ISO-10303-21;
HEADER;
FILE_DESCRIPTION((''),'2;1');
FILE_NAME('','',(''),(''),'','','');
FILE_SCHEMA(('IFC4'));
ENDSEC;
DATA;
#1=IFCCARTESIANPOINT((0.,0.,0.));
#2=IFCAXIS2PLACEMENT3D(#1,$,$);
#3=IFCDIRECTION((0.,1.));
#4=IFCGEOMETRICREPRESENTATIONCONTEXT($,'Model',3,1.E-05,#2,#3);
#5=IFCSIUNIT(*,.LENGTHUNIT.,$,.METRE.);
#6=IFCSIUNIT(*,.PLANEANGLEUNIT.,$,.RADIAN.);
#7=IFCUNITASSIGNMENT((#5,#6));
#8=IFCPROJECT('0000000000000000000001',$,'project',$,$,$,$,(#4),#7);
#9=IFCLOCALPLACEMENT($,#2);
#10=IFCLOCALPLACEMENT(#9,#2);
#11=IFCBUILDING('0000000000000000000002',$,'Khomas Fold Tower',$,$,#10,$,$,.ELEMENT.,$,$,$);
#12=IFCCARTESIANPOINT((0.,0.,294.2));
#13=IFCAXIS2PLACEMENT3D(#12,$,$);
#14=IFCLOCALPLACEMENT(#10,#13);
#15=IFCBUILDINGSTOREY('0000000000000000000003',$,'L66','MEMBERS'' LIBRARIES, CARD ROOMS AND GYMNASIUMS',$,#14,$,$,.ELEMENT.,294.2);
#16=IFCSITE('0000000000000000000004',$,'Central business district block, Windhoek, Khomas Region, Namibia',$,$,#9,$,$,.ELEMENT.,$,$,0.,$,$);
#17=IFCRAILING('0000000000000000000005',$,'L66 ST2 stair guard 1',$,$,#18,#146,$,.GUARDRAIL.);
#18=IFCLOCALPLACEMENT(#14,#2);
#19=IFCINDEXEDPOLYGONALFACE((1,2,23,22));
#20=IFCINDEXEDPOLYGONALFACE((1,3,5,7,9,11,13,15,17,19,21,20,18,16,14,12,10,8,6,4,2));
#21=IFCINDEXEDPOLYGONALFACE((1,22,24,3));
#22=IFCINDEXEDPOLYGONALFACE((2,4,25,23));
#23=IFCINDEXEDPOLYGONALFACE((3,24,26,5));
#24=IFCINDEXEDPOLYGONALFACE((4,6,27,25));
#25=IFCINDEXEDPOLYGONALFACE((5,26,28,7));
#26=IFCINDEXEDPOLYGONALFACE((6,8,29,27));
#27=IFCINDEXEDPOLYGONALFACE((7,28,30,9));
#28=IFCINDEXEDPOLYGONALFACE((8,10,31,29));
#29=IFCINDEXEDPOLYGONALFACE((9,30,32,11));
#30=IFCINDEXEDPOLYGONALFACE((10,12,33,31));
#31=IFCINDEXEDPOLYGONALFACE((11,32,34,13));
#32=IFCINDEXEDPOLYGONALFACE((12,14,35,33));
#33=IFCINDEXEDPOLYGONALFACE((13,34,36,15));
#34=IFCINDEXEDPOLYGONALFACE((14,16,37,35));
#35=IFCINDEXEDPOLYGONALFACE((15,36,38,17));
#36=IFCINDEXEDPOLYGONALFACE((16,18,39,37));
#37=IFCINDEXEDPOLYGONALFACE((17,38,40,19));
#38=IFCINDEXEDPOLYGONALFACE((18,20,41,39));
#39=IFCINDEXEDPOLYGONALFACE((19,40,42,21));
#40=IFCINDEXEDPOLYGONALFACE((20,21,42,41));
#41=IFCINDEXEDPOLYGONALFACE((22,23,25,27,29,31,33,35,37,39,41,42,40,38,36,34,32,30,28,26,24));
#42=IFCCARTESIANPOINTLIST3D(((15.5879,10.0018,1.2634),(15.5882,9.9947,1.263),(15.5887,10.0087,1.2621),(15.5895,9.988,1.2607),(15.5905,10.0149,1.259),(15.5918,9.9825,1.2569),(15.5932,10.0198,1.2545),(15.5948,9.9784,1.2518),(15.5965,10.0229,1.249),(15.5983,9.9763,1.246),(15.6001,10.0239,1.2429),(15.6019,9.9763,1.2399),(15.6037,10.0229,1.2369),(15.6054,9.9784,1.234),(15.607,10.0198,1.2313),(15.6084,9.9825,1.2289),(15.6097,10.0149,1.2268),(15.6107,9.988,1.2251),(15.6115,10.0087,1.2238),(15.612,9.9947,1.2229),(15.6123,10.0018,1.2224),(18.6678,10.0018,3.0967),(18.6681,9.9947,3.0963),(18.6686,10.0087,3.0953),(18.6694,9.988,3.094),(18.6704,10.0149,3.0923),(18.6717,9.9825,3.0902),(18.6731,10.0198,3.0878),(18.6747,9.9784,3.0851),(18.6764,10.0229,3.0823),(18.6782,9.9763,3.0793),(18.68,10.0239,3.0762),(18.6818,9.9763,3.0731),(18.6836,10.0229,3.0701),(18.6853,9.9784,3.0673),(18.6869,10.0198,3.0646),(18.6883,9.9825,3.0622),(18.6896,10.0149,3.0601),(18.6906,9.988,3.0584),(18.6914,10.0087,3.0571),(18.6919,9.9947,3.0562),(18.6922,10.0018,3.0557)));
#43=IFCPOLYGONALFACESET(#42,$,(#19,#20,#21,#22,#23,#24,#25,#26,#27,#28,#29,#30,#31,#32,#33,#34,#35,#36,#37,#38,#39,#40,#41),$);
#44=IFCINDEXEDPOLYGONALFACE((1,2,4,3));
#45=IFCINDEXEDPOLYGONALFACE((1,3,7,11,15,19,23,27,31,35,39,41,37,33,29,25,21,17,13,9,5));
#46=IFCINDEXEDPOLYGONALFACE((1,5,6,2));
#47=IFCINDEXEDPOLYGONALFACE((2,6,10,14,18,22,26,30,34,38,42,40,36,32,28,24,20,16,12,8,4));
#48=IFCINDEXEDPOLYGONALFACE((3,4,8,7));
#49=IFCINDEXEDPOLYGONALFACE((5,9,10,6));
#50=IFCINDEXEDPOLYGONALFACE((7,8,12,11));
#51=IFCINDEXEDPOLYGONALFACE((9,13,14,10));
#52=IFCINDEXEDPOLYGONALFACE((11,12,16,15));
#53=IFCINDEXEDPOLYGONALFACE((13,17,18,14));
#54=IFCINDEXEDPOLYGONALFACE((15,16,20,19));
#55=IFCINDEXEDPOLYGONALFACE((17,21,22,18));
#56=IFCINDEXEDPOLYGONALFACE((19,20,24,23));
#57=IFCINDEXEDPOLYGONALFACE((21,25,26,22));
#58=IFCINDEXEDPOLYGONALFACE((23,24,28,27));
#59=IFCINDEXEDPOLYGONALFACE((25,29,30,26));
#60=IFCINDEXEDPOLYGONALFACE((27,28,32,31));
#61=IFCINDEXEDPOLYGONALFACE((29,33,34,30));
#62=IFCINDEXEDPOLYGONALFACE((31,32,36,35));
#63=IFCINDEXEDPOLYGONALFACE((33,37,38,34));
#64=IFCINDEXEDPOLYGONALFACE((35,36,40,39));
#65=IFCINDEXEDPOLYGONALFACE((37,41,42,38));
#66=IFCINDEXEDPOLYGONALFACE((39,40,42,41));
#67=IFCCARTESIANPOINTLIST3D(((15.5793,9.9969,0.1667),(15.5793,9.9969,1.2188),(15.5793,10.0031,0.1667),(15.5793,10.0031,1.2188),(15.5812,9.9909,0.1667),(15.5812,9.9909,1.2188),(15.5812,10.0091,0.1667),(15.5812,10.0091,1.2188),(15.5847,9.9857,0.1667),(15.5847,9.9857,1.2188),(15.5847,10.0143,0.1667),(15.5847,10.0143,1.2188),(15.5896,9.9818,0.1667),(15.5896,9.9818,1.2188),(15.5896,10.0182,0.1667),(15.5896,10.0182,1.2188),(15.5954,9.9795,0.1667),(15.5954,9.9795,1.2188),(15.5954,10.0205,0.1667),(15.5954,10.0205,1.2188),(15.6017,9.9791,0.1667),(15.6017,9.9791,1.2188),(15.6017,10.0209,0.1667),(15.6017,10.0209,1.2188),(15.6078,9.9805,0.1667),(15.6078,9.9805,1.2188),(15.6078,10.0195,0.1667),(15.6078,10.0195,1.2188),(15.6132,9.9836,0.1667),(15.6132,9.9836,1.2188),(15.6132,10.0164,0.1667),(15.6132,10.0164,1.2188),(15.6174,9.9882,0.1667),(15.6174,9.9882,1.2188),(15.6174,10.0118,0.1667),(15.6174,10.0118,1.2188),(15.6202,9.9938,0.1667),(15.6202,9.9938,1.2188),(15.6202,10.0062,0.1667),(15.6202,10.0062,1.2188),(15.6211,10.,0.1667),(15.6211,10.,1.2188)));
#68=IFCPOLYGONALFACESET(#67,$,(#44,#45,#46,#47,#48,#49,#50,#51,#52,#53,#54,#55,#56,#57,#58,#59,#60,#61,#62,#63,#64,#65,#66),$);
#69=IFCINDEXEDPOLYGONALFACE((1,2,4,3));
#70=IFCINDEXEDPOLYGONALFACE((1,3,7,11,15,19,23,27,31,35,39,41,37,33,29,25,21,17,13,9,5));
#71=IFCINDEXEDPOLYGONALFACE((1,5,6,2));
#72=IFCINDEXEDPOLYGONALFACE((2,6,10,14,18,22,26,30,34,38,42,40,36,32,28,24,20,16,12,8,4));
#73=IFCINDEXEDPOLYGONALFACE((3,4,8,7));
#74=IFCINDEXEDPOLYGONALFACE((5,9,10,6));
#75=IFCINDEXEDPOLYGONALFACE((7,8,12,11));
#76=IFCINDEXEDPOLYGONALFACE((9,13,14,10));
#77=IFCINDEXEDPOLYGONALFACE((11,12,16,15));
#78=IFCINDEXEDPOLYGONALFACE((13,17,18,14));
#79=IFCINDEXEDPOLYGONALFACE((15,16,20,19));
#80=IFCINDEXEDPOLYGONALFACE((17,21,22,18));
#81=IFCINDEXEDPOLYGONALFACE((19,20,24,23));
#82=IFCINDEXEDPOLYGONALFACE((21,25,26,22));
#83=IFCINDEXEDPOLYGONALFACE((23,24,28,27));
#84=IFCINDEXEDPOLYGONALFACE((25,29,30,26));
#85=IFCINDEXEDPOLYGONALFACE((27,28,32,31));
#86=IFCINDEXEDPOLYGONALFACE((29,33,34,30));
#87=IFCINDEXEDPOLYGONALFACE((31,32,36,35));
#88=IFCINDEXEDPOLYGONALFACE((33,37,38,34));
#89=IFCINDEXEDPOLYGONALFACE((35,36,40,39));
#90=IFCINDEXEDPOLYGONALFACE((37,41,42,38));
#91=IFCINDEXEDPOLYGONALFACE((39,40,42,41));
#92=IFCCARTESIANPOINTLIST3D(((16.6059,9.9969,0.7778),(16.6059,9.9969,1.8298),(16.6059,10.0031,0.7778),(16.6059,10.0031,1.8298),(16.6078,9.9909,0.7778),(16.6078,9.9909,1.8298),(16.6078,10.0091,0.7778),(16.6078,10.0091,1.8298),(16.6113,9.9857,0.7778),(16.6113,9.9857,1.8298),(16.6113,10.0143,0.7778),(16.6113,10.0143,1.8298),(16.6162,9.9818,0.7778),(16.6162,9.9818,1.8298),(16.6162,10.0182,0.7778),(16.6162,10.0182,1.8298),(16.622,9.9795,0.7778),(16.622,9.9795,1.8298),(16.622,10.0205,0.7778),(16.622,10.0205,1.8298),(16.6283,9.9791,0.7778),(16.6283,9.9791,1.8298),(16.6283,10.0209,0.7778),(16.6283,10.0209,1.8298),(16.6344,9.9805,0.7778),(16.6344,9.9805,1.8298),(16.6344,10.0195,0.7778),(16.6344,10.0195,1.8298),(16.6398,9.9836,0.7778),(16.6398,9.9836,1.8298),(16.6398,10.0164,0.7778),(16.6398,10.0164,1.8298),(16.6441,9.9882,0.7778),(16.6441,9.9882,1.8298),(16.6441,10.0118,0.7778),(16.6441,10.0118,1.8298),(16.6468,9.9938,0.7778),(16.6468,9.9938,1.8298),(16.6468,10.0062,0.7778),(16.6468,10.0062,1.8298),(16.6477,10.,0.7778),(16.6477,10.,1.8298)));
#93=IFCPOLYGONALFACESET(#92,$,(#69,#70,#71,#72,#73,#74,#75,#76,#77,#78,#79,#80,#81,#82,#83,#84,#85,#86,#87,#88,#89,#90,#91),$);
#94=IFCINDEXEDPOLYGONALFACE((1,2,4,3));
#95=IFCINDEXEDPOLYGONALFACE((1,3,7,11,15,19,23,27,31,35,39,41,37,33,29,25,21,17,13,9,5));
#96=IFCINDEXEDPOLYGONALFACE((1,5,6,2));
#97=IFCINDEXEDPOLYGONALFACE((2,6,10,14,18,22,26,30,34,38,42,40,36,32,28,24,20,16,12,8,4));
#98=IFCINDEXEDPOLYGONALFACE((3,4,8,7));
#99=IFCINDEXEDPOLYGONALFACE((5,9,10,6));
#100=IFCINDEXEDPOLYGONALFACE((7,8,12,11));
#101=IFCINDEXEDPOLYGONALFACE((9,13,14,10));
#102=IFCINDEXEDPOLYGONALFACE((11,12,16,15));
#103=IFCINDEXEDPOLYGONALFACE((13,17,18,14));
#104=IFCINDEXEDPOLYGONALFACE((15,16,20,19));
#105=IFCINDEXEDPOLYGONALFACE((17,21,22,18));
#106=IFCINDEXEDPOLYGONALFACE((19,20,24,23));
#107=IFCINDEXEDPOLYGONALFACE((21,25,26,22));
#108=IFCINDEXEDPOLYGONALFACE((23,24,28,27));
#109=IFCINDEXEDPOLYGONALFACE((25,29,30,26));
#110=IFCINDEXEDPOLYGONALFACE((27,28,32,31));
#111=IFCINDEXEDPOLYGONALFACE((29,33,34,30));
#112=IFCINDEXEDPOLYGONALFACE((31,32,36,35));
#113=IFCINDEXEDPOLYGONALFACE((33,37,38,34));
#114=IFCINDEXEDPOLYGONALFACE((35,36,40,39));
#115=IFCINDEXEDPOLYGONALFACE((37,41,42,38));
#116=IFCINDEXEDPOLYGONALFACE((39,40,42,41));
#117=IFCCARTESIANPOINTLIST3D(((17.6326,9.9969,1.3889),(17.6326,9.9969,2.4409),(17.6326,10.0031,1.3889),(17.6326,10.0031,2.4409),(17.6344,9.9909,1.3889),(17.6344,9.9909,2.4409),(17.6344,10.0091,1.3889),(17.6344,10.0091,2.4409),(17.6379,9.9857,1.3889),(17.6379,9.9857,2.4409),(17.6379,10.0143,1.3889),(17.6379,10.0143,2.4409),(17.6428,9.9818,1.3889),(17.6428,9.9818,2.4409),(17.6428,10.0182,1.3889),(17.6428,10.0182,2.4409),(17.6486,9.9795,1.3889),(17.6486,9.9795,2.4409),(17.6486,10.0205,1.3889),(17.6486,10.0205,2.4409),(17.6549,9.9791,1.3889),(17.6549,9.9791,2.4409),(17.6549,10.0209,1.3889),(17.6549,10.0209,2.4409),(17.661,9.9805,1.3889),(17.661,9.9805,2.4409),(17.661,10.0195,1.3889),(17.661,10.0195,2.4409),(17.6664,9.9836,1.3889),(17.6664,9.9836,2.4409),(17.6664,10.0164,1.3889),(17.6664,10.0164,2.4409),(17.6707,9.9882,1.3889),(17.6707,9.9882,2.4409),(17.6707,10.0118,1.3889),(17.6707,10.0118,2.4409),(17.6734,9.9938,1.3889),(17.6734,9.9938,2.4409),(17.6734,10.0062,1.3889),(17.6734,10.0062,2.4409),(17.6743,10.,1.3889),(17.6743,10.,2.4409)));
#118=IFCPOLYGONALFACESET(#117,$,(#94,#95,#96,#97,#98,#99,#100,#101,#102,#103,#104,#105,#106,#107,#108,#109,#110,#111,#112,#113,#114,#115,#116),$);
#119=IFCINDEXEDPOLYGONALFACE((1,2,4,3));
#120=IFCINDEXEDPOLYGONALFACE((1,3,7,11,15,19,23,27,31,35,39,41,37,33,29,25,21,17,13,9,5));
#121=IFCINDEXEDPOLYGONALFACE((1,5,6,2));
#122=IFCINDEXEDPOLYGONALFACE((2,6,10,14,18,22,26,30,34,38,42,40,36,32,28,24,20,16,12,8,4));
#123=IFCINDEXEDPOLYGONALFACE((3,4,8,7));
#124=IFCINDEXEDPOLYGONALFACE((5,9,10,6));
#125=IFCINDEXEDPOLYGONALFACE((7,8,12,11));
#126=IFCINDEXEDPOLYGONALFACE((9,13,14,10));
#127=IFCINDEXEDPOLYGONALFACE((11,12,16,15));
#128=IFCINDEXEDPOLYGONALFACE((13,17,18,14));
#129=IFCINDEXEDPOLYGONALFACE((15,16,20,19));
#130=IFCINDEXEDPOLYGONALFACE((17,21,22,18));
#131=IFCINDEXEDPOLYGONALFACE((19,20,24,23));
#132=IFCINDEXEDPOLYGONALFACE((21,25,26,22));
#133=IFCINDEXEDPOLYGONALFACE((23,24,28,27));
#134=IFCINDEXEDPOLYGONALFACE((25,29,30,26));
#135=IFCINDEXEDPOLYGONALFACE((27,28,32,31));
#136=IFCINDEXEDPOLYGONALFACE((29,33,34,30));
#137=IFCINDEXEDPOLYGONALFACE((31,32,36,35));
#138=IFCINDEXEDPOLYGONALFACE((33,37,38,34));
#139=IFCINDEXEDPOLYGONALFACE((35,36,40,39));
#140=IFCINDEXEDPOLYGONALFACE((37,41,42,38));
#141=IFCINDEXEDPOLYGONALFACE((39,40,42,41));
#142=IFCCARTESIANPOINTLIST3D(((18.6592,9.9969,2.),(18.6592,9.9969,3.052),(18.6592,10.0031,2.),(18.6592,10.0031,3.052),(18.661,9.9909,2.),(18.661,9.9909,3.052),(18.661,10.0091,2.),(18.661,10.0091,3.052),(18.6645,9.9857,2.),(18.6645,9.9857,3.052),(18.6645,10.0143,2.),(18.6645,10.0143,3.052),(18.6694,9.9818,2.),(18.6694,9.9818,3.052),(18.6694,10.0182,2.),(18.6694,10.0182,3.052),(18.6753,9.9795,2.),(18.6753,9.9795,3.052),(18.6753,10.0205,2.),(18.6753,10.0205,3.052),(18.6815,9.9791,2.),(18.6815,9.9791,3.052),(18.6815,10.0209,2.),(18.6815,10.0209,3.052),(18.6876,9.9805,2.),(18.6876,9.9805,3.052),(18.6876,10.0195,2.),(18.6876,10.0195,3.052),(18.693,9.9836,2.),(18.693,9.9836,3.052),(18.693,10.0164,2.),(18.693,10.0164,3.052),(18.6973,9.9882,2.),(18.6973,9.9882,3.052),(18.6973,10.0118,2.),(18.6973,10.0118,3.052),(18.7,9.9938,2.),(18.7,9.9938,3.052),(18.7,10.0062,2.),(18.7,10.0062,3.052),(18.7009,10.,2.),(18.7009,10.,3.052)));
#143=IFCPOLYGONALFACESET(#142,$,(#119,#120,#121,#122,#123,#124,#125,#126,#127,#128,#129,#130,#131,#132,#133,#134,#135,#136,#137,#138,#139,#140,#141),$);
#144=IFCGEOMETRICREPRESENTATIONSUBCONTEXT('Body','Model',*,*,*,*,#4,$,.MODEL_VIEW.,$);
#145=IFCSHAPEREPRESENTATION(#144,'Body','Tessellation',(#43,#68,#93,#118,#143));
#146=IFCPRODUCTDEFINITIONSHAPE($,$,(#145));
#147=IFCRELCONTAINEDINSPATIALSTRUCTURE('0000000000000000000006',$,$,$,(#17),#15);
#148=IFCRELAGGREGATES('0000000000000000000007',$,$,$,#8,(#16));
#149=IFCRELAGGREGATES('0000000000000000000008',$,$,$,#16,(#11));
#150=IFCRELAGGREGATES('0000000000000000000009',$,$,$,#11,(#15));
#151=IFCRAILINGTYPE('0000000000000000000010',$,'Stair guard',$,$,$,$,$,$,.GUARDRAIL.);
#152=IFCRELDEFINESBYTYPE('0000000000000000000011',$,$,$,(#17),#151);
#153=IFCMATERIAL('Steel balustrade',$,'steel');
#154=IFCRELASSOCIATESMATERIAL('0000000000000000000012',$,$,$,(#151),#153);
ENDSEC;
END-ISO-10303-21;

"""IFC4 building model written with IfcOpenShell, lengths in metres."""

from ifc_helpers import new_model, si_unit, direction, frame, origin, origin_2d, place, context, subcontext, project, spatial, circle, extrude, source, transform, mapped, material, type_object, element, save


model = new_model("IFC4")

# Units and contexts
model_context = context("Model", 3, precision=1e-05, world=origin(), true_north=direction((0.0, 1.0)))
body_context = subcontext(model_context, "Body", "Model", "MODEL_VIEW")
ifc_project = project(units=[si_unit("LENGTHUNIT", "METRE"), si_unit("PLANEANGLEUNIT", "RADIAN")], contexts=[model_context])

# Site, building, storey
site_placement = place(None, origin())
site = spatial("IfcSite", under=ifc_project, at=site_placement, Name="Central business district block, Windhoek, Khomas Region, Namibia", CompositionType="ELEMENT", RefElevation=0.0)
building_placement = place(site_placement, origin())
building = spatial("IfcBuilding", under=site, at=building_placement, Name="Khomas Fold Tower", CompositionType="ELEMENT")
storey_placement = place(building_placement, frame((0.0, 0.0, 294.2)))
storey = spatial("IfcBuildingStorey", under=building, at=storey_placement, Name="L66", Description="MEMBERS' LIBRARIES, CARD ROOMS AND GYMNASIUMS", CompositionType="ELEMENT", Elevation=294.2)

# Railing
ifc_material_1 = material(Name="Steel balustrade", Category="steel")
railing_type_1 = type_object("IfcRailingType", Name="Stair guard", PredefinedType="GUARDRAIL", material=ifc_material_1)
shared_shape_1 = source(origin(), body_context, "Body", "SweptSolid", [
    extrude(circle(Radius=0.0239, at=origin_2d()), frame((0.0, 0.0, 1.0762), z_axis=(0.859291, 0.0, 0.511487), x_axis=(0.0, 1.0, 0.0)), (0.0, 0.0, 1.0), 3.5842),
    extrude(circle(Radius=0.021, at=origin_2d()), origin(), (0.0, 0.0, 1.0), 1.052),
    extrude(circle(Radius=0.021, at=origin_2d()), frame((1.0266, 0.0, 0.6111)), (0.0, 0.0, 1.0), 1.052),
    extrude(circle(Radius=0.021, at=origin_2d()), frame((2.0532, 0.0, 1.2222)), (0.0, 0.0, 1.0), 1.052),
    extrude(circle(Radius=0.021, at=origin_2d()), frame((3.0798, 0.0, 1.8333)), (0.0, 0.0, 1.0), 1.052),
])
railing_1_placement = place(storey_placement, frame((15.6001, 10.0, 0.1667)))
element("IfcRailing", 1, at=railing_1_placement, inside=storey, type_object=railing_type_1, Name="L66 ST2 stair guard 1", PredefinedType="GUARDRAIL", context=body_context, shape_type="MappedRepresentation", body=[
    mapped(shared_shape_1, transform((0.0, 0.0, 0.0))),
])

save(model, "model.ifc")
